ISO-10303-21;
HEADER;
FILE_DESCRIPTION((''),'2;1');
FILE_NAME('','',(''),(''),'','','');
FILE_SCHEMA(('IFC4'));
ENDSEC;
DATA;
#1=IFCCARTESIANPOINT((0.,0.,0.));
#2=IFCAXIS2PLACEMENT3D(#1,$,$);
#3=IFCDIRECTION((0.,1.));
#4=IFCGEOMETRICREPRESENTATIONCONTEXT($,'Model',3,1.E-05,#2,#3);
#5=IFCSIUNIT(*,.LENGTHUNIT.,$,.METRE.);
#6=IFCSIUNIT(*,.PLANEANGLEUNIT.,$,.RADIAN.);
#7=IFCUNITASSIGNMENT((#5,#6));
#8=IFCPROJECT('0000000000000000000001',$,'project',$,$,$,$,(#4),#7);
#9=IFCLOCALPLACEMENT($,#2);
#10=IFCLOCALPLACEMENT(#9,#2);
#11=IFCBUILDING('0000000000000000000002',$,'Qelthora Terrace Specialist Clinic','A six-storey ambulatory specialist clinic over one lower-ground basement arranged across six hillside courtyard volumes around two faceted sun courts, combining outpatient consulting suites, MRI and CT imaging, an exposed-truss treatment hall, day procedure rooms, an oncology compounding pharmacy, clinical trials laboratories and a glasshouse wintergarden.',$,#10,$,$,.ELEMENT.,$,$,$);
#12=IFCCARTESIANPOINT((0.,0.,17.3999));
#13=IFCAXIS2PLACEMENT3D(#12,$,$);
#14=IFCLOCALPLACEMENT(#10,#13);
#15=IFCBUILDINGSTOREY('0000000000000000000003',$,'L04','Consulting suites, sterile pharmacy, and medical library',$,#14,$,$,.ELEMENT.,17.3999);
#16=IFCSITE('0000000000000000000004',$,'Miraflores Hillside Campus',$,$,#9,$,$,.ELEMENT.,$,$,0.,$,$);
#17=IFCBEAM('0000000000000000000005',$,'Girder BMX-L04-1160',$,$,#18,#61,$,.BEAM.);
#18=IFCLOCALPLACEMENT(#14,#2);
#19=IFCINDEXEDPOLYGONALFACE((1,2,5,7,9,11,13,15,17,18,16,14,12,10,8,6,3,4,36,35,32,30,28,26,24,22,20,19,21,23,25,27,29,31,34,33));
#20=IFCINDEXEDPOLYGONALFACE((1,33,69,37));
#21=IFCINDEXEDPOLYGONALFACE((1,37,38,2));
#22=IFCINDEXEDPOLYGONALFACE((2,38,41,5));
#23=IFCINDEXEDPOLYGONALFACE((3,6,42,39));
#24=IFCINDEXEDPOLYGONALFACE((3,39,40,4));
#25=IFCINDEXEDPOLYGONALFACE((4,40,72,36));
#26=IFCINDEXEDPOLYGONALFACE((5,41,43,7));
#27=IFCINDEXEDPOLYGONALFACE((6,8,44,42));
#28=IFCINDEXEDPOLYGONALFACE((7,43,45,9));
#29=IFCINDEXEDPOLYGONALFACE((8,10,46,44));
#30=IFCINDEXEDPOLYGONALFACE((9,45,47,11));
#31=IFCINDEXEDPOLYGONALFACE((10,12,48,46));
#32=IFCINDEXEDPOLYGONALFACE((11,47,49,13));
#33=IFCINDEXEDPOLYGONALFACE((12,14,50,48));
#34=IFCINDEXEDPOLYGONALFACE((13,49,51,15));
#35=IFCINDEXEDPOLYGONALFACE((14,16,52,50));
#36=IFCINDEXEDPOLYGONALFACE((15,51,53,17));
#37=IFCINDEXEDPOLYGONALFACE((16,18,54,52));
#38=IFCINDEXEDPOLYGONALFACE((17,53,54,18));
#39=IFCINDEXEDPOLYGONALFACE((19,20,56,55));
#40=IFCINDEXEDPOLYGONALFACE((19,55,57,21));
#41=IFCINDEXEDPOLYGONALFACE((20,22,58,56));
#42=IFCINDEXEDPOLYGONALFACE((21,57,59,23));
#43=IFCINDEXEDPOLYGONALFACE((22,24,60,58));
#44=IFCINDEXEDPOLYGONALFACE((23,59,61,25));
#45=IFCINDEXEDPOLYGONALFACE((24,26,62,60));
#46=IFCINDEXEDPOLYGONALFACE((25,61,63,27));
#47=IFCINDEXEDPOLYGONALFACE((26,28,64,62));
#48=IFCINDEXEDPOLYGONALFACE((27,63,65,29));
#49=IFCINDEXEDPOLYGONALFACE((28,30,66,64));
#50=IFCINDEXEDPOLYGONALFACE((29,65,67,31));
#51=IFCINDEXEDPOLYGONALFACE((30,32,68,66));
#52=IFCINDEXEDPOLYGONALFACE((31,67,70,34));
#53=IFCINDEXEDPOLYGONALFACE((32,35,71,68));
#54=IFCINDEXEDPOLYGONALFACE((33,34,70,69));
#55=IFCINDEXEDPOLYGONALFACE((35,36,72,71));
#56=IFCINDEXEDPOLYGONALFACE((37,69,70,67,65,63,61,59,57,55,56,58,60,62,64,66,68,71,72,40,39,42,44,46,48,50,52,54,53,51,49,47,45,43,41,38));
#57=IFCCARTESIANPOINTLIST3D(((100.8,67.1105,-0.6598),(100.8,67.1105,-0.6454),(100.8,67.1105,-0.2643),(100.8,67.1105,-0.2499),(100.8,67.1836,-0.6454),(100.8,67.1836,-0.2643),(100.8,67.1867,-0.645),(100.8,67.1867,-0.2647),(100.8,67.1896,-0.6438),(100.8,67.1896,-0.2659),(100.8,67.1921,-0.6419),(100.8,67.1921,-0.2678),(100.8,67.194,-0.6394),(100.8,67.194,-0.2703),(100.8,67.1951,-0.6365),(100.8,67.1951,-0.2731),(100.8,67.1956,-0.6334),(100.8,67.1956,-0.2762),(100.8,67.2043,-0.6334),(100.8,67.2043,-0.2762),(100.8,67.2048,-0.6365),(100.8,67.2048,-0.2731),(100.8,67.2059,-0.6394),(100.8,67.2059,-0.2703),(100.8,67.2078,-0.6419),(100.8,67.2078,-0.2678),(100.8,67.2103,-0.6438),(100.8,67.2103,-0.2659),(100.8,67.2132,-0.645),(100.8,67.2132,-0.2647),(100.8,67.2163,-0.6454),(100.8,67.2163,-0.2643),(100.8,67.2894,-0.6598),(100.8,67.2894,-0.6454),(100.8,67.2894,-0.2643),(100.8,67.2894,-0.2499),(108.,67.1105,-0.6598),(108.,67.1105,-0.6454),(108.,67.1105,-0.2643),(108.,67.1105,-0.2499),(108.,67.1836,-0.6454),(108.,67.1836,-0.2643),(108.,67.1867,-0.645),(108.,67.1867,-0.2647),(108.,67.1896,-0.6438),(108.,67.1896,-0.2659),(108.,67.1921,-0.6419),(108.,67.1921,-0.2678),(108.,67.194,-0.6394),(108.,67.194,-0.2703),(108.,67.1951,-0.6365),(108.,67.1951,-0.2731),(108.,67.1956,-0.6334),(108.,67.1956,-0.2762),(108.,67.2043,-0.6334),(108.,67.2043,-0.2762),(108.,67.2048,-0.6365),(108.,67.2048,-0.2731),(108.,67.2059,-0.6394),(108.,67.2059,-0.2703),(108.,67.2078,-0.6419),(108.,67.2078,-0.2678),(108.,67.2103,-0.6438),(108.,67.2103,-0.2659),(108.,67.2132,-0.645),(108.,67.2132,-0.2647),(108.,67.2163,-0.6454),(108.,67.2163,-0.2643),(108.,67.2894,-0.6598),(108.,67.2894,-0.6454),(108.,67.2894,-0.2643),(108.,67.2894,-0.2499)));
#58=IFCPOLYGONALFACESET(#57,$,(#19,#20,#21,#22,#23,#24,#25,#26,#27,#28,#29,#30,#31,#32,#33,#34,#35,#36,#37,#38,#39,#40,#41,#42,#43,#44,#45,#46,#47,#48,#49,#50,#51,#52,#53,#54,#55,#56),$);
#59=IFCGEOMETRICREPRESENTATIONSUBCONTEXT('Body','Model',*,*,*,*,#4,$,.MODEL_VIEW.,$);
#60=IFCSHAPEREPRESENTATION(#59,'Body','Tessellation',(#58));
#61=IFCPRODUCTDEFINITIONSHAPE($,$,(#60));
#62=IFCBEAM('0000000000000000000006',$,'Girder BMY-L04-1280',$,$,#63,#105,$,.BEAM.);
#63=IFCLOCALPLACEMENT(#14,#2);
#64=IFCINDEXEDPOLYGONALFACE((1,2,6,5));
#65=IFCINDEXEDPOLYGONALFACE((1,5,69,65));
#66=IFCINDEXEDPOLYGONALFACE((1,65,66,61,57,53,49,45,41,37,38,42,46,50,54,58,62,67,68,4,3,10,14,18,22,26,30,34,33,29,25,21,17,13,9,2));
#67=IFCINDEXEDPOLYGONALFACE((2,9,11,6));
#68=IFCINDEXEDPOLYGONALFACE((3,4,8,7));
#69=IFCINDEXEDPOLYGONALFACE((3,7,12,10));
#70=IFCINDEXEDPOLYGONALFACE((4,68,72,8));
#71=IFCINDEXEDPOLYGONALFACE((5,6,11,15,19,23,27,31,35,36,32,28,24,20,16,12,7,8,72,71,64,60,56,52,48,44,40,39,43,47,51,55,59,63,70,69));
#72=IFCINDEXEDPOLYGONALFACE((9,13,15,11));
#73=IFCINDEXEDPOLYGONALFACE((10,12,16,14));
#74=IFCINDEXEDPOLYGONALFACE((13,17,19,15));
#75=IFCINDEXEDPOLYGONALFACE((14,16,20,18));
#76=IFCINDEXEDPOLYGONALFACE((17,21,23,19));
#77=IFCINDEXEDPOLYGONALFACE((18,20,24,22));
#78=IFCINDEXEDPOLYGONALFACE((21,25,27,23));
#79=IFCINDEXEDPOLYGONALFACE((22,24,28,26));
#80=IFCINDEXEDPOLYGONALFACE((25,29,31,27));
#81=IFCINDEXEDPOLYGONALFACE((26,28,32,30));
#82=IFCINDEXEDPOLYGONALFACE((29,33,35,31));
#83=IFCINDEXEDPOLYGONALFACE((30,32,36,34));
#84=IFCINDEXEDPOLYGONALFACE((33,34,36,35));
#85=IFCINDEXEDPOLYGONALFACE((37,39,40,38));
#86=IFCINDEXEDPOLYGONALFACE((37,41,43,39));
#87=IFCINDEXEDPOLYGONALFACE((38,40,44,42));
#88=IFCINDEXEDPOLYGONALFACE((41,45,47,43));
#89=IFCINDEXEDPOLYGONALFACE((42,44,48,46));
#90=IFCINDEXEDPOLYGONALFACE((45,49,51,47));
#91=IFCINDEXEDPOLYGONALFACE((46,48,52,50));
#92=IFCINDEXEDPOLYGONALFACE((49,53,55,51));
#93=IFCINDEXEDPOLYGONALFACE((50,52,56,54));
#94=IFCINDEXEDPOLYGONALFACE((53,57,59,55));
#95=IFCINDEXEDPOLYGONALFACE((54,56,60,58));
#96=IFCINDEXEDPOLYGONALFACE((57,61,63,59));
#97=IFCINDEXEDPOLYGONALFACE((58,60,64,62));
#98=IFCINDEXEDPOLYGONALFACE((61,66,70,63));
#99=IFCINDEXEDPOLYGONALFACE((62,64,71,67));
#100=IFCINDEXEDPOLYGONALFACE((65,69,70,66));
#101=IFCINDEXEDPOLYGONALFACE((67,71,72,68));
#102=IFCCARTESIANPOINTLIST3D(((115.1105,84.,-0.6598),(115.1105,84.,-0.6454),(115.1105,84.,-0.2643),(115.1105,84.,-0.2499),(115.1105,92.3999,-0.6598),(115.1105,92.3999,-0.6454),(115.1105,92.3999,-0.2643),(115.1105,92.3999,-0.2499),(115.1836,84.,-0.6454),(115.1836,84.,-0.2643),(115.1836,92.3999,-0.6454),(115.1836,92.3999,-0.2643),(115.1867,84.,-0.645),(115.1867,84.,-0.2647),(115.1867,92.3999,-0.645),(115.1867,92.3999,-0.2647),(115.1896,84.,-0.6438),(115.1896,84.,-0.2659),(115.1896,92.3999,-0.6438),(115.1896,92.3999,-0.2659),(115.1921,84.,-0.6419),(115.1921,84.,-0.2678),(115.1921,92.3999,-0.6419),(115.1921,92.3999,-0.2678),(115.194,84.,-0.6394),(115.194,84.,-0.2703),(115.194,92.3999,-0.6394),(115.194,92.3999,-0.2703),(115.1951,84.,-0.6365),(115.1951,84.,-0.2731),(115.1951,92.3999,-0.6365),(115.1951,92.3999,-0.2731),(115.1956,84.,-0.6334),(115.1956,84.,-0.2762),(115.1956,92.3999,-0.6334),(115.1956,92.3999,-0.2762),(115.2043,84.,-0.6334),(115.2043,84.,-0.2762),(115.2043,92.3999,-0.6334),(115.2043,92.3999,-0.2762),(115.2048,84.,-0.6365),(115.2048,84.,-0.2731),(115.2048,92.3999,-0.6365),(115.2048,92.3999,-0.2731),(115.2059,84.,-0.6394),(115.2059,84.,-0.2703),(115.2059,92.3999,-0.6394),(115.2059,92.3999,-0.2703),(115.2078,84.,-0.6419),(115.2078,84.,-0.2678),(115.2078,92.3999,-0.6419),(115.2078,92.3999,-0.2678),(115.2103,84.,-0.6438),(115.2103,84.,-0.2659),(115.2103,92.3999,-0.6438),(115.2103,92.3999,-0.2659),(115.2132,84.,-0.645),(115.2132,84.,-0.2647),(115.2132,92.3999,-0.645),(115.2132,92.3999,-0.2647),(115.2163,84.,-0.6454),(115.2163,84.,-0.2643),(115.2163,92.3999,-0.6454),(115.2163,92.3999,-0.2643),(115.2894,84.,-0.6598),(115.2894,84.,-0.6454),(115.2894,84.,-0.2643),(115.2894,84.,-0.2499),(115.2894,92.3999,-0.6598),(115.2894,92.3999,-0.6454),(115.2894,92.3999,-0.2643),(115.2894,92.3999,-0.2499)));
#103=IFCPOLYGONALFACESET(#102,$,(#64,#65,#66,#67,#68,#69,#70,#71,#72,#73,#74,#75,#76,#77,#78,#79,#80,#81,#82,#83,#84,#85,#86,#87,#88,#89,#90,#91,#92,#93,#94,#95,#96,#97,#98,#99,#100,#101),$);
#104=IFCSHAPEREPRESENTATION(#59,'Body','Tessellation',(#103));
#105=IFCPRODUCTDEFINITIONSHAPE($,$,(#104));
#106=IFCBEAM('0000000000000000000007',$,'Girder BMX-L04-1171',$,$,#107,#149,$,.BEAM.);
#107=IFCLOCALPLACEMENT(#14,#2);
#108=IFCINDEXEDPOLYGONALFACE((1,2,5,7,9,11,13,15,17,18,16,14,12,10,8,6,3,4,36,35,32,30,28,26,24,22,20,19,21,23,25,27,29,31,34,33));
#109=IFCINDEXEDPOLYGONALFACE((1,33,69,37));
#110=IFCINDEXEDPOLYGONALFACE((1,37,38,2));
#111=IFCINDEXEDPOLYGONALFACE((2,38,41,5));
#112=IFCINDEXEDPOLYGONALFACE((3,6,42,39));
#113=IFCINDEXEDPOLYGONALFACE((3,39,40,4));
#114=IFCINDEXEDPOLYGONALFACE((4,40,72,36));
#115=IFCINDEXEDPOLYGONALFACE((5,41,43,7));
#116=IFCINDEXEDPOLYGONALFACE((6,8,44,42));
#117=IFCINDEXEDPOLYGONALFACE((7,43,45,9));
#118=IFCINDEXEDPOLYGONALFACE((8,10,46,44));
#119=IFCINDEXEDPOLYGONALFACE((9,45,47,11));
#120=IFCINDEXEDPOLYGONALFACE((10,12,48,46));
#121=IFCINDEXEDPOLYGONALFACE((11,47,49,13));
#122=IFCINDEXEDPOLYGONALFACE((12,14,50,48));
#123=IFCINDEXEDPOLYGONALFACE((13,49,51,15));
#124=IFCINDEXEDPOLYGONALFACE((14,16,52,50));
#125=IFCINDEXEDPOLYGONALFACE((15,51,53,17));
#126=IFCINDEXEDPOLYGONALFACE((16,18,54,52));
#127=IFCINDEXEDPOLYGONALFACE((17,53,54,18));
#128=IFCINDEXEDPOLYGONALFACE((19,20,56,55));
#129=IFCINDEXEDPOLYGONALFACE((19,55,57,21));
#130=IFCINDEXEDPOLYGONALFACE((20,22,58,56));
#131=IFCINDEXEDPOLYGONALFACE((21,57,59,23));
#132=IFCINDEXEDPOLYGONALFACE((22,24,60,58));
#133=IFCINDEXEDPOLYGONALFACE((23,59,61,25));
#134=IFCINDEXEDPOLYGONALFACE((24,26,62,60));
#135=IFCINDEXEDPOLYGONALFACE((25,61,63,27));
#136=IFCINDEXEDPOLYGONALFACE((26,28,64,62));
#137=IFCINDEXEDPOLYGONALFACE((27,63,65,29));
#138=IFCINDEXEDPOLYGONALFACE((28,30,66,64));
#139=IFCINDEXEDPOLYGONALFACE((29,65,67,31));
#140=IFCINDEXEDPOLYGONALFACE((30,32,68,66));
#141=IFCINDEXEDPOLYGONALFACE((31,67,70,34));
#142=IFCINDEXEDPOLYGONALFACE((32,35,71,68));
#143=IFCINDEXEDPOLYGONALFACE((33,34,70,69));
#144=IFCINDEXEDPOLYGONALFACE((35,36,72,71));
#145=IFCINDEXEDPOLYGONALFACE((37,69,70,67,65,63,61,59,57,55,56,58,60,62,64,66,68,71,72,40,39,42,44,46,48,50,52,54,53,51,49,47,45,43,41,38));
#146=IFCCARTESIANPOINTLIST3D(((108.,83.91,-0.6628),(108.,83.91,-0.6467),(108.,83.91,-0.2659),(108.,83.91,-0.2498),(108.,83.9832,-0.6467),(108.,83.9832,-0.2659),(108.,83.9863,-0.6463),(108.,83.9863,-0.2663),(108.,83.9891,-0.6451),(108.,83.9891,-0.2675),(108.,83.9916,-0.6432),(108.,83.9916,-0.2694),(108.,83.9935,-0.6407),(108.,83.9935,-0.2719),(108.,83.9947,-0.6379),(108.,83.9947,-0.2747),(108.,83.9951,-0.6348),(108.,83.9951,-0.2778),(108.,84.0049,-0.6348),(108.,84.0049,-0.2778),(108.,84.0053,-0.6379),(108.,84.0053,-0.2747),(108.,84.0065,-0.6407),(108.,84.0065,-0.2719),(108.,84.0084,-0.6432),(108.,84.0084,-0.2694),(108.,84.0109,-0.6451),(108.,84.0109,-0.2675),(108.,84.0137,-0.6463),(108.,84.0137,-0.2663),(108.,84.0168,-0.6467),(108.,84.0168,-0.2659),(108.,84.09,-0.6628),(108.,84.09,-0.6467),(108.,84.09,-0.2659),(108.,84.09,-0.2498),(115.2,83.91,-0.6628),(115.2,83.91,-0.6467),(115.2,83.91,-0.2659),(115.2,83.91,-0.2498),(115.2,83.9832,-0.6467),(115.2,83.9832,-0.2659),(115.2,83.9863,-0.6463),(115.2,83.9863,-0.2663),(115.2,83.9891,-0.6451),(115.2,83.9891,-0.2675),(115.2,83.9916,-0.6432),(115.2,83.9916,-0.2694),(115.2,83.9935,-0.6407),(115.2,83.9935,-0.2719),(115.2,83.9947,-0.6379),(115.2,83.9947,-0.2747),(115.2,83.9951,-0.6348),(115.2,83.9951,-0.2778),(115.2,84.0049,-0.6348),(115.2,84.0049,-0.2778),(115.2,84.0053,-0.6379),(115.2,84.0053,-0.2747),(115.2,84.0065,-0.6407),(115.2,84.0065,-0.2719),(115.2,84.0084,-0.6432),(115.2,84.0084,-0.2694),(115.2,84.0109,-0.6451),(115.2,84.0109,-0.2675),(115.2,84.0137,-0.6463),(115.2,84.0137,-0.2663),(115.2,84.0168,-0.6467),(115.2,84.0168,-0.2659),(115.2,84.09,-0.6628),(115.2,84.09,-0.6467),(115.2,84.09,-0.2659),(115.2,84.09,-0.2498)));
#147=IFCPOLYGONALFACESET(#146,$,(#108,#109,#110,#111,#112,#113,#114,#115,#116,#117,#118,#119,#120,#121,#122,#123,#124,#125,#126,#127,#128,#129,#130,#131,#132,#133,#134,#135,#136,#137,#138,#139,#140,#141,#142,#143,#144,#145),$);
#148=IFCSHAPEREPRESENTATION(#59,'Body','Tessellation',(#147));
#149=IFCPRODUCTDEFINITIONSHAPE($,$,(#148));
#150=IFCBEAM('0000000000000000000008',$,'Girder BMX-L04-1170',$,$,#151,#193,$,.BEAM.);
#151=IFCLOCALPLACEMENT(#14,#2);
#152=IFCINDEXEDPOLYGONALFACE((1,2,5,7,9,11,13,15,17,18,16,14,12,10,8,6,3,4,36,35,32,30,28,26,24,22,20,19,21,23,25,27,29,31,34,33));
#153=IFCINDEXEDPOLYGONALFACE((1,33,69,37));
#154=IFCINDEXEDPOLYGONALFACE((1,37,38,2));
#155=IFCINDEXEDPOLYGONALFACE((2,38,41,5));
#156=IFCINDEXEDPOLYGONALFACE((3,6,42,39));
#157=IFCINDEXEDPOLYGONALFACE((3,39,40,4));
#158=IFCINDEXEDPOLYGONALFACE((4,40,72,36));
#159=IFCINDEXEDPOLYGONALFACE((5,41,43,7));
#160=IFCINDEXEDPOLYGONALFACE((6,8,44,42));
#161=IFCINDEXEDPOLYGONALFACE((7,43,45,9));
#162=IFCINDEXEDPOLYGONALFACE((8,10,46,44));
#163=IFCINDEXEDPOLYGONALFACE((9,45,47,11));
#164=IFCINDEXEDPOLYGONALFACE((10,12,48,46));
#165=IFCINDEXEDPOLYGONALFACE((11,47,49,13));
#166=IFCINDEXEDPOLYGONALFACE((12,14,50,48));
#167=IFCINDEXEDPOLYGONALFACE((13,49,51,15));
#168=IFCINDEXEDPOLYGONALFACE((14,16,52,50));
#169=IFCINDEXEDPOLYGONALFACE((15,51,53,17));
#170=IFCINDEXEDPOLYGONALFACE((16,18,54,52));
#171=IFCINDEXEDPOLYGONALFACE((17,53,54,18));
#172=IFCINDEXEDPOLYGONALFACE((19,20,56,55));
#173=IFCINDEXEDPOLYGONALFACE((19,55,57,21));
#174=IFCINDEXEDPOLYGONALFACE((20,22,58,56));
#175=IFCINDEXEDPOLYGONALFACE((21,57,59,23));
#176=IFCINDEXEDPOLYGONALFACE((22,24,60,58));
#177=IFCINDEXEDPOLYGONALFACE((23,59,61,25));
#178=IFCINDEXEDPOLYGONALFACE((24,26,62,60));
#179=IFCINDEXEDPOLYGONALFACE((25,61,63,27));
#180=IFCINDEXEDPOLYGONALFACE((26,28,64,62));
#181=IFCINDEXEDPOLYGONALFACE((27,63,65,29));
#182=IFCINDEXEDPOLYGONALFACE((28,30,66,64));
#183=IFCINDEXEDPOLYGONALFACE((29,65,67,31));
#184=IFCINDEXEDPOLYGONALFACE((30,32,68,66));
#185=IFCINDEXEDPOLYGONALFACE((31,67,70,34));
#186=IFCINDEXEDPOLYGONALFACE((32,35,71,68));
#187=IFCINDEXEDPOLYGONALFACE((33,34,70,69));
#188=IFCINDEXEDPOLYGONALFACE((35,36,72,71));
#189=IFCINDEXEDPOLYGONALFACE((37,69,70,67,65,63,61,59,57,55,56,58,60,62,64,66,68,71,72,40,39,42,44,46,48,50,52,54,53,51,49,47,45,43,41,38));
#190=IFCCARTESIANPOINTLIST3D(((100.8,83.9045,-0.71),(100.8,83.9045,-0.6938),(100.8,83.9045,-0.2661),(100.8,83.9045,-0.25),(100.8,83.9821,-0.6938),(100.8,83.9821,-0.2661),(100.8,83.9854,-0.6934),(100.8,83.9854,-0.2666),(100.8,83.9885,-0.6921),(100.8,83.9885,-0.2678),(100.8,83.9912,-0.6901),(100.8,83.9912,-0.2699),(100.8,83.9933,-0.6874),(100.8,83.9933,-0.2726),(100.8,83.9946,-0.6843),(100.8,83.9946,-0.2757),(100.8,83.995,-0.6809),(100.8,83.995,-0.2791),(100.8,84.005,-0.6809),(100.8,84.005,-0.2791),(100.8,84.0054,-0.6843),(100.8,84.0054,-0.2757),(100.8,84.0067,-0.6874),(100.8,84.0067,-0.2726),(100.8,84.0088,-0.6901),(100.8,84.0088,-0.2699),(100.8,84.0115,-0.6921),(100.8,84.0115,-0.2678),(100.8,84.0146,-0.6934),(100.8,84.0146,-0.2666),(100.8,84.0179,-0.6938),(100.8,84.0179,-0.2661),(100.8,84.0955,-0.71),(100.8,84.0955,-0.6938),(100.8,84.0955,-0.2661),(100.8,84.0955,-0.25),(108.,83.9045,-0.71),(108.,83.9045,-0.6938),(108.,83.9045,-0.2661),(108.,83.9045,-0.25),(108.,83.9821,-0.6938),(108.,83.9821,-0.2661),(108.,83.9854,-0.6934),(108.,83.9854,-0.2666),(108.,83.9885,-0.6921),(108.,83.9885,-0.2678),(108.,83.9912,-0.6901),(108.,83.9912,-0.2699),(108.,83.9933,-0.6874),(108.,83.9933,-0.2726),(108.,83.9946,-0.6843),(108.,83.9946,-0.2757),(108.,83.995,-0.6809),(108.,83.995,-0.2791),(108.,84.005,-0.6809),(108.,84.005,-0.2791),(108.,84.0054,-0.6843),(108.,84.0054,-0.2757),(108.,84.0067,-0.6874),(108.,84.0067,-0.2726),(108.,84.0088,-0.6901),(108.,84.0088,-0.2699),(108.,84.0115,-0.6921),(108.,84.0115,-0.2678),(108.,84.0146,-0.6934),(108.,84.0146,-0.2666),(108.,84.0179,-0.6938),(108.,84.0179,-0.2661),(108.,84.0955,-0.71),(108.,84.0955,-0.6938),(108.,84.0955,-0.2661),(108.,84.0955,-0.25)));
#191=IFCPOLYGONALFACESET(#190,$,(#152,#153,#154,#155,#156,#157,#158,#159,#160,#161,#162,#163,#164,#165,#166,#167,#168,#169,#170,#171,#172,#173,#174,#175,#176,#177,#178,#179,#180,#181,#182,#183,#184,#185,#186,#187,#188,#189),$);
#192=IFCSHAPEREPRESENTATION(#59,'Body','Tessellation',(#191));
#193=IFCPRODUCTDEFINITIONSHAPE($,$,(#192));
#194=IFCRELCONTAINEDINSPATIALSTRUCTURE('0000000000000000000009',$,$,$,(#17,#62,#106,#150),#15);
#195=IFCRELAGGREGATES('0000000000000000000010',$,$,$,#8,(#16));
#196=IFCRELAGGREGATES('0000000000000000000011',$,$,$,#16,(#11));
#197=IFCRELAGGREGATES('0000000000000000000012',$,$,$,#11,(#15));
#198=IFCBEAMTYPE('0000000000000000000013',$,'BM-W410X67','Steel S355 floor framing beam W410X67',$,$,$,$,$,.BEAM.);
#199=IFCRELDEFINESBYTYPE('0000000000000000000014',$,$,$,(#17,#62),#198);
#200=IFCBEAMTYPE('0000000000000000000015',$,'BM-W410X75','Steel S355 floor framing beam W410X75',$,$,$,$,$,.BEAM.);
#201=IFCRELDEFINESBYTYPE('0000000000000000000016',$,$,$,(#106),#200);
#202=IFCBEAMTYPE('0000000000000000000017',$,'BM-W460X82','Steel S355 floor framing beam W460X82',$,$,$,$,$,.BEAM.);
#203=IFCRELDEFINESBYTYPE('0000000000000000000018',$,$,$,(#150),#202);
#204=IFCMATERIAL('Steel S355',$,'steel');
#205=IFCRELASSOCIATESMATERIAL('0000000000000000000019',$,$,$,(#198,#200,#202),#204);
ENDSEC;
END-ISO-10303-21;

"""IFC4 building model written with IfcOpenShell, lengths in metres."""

from ifc_helpers import new_model, si_unit, direction, frame, origin, origin_2d, place, context, subcontext, project, spatial, i_section, extrude, material, material_profile, profile_set, type_object, element, save


model = new_model("IFC4")

# Units and contexts
model_context = context("Model", 3, precision=1e-05, world=origin(), true_north=direction((0.0, 1.0)))
body_context = subcontext(model_context, "Body", "Model", "MODEL_VIEW")
ifc_project = project(units=[si_unit("LENGTHUNIT", "METRE"), si_unit("PLANEANGLEUNIT", "RADIAN")], contexts=[model_context])

# Site, building, storey
site_placement = place(None, origin())
site = spatial("IfcSite", under=ifc_project, at=site_placement, Name="Miraflores Hillside Campus", CompositionType="ELEMENT", RefElevation=0.0)
building_placement = place(site_placement, origin())
building = spatial("IfcBuilding", under=site, at=building_placement, Name="Qelthora Terrace Specialist Clinic", Description="A six-storey ambulatory specialist clinic over one lower-ground basement arranged across six hillside courtyard volumes around two faceted sun courts, combining outpatient consulting suites, MRI and CT imaging, an exposed-truss treatment hall, day procedure rooms, an oncology compounding pharmacy, clinical trials laboratories and a glasshouse wintergarden.", CompositionType="ELEMENT")
storey_placement = place(building_placement, frame((0.0, 0.0, 17.3999)))
storey = spatial("IfcBuildingStorey", under=building, at=storey_placement, Name="L04", Description="Consulting suites, sterile pharmacy, and medical library", CompositionType="ELEMENT", Elevation=17.3999)

# Beams
ifc_material_1 = material(Name="Steel S355", Category="steel")
ifc_material_profile_1 = material_profile(ifc_material_1, i_section(OverallWidth=0.179, OverallDepth=0.4099, WebThickness=0.0088, FlangeThickness=0.0144, FilletRadius=0.012, at=origin_2d()), Name="W410X67")
ifc_profile_set_1 = profile_set([ifc_material_profile_1], Name="Steel S355")
beam_type_1 = type_object("IfcBeamType", Name="BM-W410X67", Description="Steel S355 floor framing beam W410X67", PredefinedType="BEAM", material=ifc_profile_set_1)
beam_1_placement = place(storey_placement, frame((100.8, 67.2, -0.4548), z_axis=(1.0, 0.0, 0.0), x_axis=(0.0, 1.0, 0.0)))
element("IfcBeam", 1, at=beam_1_placement, inside=storey, type_object=beam_type_1, Name="Girder BMX-L04-1160", PredefinedType="BEAM", context=body_context, shape_type="SweptSolid", body=[
    extrude(i_section(OverallWidth=0.179, OverallDepth=0.4099, WebThickness=0.0088, FlangeThickness=0.0144, FilletRadius=0.012, at=origin_2d()), origin(), (0.0, 0.0, 1.0), 7.2),
])
beam_2_placement = place(storey_placement, frame((115.2, 84.0, -0.4548), z_axis=(0.0, 1.0, 0.0), x_axis=(-1.0, 0.0, 0.0)))
element("IfcBeam", 2, at=beam_2_placement, inside=storey, type_object=beam_type_1, Name="Girder BMY-L04-1280", PredefinedType="BEAM", context=body_context, shape_type="SweptSolid", body=[
    extrude(i_section(OverallWidth=0.179, OverallDepth=0.4099, WebThickness=0.0088, FlangeThickness=0.0144, FilletRadius=0.012, at=origin_2d()), origin(), (0.0, 0.0, 1.0), 8.3999),
])
ifc_material_profile_2 = material_profile(ifc_material_1, i_section(OverallWidth=0.1799, OverallDepth=0.4131, WebThickness=0.0098, FlangeThickness=0.0161, FilletRadius=0.012, at=origin_2d()), Name="W410X75")
ifc_profile_set_2 = profile_set([ifc_material_profile_2], Name="Steel S355")
beam_type_2 = type_object("IfcBeamType", Name="BM-W410X75", Description="Steel S355 floor framing beam W410X75", PredefinedType="BEAM", material=ifc_profile_set_2)
beam_3_placement = place(storey_placement, frame((108.0, 84.0, -0.4563), z_axis=(1.0, 0.0, 0.0), x_axis=(0.0, 1.0, 0.0)))
element("IfcBeam", 3, at=beam_3_placement, inside=storey, type_object=beam_type_2, Name="Girder BMX-L04-1171", PredefinedType="BEAM", context=body_context, shape_type="SweptSolid", body=[
    extrude(i_section(OverallWidth=0.1799, OverallDepth=0.4131, WebThickness=0.0098, FlangeThickness=0.0161, FilletRadius=0.012, at=origin_2d()), origin(), (0.0, 0.0, 1.0), 7.2),
])
ifc_material_profile_3 = material_profile(ifc_material_1, i_section(OverallWidth=0.1909, OverallDepth=0.46, WebThickness=0.01, FlangeThickness=0.0161, FilletRadius=0.0129, at=origin_2d()), Name="W460X82")
ifc_profile_set_3 = profile_set([ifc_material_profile_3], Name="Steel S355")
beam_type_3 = type_object("IfcBeamType", Name="BM-W460X82", Description="Steel S355 floor framing beam W460X82", PredefinedType="BEAM", material=ifc_profile_set_3)
beam_4_placement = place(storey_placement, frame((100.8, 84.0, -0.48), z_axis=(1.0, 0.0, 0.0), x_axis=(0.0, 1.0, 0.0)))
element("IfcBeam", 4, at=beam_4_placement, inside=storey, type_object=beam_type_3, Name="Girder BMX-L04-1170", PredefinedType="BEAM", context=body_context, shape_type="SweptSolid", body=[
    extrude(i_section(OverallWidth=0.1909, OverallDepth=0.46, WebThickness=0.01, FlangeThickness=0.0161, FilletRadius=0.0129, at=origin_2d()), origin(), (0.0, 0.0, 1.0), 7.2),
])

save(model, "model.ifc")
